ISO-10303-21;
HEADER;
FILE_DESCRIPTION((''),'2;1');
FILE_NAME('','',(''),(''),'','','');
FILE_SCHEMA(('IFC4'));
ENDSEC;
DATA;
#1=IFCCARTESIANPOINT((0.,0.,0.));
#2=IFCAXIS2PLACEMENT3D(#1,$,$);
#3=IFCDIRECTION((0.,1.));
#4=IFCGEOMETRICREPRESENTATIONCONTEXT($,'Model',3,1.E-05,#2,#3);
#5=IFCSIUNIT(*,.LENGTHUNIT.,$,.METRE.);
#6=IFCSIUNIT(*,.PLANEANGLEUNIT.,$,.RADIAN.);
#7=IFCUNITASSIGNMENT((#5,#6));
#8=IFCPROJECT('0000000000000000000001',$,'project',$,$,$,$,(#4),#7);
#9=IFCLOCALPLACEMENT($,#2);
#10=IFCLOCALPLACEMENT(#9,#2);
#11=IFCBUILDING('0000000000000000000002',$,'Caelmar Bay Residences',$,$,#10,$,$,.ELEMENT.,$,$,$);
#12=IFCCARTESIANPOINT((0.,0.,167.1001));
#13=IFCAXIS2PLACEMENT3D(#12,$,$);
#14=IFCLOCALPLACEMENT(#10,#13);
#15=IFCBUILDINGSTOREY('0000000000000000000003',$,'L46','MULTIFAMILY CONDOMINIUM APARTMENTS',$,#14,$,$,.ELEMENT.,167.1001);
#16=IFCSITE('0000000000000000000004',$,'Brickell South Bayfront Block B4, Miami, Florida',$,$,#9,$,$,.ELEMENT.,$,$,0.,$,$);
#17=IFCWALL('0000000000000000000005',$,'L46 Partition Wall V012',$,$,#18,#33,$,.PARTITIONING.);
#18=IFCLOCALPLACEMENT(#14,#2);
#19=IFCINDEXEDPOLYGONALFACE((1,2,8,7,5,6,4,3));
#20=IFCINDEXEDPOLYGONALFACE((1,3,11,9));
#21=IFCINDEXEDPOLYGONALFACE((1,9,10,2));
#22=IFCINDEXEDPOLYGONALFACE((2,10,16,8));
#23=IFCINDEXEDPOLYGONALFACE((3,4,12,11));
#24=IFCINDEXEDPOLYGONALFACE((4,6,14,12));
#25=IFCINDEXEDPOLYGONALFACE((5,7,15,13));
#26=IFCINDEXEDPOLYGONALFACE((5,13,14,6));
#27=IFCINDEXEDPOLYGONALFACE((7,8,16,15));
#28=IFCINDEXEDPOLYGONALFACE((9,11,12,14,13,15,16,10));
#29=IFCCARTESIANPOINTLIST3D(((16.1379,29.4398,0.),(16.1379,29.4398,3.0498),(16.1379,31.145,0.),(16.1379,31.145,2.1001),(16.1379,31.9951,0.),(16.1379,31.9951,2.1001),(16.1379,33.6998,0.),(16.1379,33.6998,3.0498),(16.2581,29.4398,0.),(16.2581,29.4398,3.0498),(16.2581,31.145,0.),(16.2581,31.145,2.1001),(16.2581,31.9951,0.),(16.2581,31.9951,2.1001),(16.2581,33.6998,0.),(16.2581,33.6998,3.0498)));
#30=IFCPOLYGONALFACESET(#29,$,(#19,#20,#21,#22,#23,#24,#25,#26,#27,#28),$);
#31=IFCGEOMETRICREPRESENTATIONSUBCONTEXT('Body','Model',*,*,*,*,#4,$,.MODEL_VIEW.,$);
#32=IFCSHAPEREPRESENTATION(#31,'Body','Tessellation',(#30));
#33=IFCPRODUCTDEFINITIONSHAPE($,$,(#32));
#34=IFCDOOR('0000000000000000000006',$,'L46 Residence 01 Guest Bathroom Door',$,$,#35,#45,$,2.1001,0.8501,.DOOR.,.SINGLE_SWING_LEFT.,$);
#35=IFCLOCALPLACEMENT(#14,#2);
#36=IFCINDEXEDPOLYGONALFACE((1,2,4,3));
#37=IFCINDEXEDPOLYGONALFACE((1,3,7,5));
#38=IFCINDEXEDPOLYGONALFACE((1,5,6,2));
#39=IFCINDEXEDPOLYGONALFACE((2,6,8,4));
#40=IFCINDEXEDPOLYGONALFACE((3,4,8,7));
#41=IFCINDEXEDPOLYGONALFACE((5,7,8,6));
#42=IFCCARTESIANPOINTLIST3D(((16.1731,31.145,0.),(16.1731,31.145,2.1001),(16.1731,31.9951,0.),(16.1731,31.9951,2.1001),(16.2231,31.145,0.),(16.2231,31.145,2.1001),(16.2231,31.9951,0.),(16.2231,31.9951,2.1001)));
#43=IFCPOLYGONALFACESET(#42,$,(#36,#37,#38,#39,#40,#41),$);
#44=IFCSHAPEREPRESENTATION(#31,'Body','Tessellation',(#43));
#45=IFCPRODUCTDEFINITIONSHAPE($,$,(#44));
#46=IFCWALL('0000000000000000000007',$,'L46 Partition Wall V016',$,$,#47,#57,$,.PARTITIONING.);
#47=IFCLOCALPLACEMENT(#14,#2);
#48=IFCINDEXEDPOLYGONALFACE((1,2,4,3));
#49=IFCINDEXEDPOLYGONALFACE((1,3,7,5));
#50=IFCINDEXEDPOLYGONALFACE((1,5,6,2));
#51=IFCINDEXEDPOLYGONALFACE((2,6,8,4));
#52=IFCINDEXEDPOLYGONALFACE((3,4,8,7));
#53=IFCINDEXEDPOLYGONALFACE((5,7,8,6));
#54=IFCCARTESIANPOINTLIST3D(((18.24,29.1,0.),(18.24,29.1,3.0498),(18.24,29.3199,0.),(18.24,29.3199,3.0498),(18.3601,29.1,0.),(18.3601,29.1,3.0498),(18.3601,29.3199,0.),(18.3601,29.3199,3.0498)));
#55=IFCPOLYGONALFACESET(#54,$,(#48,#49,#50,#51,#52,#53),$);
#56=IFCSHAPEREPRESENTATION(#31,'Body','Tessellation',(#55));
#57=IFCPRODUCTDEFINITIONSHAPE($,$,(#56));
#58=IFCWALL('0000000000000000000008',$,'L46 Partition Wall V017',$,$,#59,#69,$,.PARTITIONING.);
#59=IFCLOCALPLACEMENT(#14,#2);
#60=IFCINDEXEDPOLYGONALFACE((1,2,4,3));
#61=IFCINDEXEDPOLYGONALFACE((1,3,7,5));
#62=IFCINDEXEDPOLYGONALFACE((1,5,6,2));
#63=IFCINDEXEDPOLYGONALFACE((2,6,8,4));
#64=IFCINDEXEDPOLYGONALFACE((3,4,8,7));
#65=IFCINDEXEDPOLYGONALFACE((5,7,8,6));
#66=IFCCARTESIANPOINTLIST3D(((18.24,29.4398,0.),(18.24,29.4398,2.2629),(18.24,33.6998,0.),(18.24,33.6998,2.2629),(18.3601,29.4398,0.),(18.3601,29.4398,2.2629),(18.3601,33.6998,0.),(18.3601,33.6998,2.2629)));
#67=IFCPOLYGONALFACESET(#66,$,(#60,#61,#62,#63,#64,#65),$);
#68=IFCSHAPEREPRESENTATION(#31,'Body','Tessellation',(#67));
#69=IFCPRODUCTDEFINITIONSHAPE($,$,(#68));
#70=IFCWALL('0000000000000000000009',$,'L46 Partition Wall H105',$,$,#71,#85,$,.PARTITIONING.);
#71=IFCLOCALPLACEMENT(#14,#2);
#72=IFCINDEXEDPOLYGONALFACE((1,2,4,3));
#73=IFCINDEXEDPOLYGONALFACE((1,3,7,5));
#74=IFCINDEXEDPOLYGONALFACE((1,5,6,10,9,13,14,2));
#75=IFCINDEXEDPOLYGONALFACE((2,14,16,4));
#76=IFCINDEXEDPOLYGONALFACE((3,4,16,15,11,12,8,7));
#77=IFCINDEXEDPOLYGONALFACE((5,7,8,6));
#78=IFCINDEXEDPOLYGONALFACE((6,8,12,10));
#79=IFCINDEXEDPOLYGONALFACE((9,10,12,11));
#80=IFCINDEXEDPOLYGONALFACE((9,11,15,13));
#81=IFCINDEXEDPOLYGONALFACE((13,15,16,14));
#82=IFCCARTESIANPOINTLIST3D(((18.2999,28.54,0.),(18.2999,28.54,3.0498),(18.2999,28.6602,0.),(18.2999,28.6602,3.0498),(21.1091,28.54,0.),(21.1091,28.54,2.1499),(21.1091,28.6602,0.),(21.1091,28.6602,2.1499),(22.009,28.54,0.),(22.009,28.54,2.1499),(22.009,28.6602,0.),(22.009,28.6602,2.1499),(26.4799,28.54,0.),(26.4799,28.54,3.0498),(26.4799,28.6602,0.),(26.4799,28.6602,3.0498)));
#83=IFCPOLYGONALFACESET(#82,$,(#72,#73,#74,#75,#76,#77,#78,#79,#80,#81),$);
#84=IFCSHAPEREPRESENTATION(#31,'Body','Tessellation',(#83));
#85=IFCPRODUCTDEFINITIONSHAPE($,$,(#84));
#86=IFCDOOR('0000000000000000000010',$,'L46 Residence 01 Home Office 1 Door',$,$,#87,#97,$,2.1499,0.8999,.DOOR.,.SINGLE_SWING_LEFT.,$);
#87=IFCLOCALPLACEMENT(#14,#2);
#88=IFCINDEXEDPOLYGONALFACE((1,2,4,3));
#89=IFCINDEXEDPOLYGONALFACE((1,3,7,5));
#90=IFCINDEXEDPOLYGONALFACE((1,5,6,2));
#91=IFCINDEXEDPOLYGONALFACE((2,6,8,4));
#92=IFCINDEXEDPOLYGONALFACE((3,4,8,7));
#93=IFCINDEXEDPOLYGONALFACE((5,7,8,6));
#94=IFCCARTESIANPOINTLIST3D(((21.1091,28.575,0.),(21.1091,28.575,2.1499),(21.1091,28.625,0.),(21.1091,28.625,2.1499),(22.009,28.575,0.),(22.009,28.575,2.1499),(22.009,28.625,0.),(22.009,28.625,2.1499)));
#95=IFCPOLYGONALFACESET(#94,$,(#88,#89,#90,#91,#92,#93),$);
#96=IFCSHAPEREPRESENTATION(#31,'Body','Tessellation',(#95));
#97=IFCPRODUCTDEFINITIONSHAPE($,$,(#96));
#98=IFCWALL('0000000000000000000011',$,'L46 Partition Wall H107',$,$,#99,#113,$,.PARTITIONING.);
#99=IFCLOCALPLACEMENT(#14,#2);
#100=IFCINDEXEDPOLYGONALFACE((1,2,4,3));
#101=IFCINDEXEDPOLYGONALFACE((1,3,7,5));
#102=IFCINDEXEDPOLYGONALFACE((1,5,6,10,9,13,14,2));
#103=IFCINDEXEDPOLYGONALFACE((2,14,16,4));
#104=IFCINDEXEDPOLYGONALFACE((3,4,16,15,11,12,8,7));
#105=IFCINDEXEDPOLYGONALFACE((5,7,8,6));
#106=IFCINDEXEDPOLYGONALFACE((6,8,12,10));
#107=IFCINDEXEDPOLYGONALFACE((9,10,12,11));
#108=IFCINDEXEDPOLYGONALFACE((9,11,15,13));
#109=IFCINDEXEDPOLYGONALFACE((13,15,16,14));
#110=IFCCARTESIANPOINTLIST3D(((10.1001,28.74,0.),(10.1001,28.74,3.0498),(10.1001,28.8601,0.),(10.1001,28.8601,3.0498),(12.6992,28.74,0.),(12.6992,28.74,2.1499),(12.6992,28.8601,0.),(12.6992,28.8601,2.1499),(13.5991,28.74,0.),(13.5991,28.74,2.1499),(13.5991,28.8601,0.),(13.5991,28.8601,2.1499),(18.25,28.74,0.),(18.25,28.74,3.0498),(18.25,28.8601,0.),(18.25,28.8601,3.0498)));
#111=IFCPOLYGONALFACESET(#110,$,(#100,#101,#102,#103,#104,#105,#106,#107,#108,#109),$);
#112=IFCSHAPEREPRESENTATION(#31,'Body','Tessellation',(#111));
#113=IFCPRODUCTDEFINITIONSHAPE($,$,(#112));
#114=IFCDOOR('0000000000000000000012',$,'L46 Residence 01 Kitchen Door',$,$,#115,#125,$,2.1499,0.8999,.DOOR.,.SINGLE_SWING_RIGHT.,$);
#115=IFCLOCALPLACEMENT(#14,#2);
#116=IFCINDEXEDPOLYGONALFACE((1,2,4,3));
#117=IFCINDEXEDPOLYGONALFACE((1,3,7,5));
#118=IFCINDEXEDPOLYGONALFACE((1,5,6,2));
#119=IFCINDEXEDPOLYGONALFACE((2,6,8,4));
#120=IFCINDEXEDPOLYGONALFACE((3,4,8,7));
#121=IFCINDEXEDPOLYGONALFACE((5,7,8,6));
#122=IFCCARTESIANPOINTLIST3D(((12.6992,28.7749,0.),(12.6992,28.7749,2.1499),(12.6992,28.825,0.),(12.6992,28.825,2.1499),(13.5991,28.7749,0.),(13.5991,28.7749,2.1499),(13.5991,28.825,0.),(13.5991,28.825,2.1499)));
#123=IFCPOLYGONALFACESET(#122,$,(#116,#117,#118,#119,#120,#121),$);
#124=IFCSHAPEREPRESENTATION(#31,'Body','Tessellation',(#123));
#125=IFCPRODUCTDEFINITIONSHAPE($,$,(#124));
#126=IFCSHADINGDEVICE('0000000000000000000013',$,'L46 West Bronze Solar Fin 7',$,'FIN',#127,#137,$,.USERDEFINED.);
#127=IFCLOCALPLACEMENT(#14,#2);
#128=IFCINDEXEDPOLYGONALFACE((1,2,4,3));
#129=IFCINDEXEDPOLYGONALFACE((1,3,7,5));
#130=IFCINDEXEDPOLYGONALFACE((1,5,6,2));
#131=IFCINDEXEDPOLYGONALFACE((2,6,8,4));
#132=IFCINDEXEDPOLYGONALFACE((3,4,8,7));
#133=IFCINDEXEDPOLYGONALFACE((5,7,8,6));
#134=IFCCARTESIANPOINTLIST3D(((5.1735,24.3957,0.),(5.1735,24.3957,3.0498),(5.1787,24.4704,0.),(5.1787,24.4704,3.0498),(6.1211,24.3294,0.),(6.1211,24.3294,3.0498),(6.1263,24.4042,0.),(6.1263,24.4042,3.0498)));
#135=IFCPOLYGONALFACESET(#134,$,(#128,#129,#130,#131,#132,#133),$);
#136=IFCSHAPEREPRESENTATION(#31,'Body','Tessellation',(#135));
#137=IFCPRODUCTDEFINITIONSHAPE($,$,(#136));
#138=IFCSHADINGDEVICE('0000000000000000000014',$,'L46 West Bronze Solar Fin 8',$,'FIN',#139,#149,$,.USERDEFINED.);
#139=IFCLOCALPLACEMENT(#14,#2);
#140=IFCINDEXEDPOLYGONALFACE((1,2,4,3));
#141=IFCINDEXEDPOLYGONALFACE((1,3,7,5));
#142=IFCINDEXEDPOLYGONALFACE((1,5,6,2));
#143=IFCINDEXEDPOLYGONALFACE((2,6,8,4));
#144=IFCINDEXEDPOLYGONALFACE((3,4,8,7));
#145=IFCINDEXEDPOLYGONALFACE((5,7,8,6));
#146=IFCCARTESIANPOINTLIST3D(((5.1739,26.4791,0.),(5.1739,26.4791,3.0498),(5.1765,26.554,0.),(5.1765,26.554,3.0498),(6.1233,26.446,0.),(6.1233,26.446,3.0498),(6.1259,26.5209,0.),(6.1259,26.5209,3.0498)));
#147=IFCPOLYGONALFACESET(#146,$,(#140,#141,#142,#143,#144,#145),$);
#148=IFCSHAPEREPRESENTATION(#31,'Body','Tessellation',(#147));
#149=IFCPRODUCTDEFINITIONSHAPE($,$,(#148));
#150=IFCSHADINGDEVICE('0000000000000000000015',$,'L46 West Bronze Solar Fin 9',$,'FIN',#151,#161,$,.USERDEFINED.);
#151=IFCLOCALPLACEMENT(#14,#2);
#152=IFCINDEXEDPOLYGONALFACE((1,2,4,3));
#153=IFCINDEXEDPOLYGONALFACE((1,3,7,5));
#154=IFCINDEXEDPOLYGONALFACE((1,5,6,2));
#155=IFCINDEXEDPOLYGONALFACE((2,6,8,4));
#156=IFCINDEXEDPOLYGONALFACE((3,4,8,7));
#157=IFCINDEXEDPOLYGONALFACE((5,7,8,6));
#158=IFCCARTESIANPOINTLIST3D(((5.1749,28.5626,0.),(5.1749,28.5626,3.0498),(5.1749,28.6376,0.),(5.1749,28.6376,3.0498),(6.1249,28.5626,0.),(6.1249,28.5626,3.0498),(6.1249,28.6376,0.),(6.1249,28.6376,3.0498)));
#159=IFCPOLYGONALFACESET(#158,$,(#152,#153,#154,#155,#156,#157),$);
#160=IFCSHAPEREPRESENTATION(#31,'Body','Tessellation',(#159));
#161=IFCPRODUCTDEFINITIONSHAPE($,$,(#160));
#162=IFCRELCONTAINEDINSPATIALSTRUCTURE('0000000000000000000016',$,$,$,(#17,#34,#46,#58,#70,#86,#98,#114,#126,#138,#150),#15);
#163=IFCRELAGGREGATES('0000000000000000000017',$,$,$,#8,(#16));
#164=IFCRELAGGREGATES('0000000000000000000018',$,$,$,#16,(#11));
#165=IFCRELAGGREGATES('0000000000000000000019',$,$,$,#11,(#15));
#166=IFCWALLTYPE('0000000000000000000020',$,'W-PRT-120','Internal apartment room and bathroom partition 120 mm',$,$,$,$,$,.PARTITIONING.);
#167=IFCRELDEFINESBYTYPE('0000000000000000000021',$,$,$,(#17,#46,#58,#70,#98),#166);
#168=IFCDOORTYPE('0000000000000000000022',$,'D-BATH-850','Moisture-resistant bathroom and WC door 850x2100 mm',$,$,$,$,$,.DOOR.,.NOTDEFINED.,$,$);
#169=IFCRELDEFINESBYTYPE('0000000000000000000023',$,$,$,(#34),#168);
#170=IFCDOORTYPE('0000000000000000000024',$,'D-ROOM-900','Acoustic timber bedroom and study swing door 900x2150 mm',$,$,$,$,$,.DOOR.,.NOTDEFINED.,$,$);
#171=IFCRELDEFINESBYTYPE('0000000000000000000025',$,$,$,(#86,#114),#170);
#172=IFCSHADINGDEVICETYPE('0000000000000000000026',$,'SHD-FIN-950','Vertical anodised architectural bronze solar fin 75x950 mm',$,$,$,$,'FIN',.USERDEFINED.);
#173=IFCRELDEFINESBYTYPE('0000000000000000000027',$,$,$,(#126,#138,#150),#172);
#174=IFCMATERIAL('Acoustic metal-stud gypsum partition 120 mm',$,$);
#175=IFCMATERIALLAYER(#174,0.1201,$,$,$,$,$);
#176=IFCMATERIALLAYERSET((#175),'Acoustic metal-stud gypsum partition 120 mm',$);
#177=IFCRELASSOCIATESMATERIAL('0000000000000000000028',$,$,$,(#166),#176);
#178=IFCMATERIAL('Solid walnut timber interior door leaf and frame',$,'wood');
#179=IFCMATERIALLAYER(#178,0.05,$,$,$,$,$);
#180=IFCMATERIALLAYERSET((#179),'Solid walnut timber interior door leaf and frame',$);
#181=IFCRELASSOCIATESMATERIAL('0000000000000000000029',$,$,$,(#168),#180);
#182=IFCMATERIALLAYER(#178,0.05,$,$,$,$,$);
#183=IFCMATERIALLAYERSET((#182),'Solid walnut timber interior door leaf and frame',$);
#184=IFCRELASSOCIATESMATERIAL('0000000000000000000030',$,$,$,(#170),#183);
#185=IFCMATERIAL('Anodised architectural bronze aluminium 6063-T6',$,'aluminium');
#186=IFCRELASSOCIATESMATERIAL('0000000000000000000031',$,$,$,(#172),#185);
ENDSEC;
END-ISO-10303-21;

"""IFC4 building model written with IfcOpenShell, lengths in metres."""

from ifc_helpers import new_model, si_unit, direction, frame, frame_2d, origin, origin_2d, place, context, subcontext, project, spatial, rectangle, extrude, material, layer, layer_set, material_profile, profile_set, type_object, element, fill, save


model = new_model("IFC4")

# Units and contexts
model_context = context("Model", 3, precision=1e-05, world=origin(), true_north=direction((0.0, 1.0)))
body_context = subcontext(model_context, "Body", "Model", "MODEL_VIEW")
ifc_project = project(units=[si_unit("LENGTHUNIT", "METRE"), si_unit("PLANEANGLEUNIT", "RADIAN")], contexts=[model_context])

# Site, building, storey
site_placement = place(None, origin())
site = spatial("IfcSite", under=ifc_project, at=site_placement, Name="Brickell South Bayfront Block B4, Miami, Florida", CompositionType="ELEMENT", RefElevation=0.0)
building_placement = place(site_placement, origin())
building = spatial("IfcBuilding", under=site, at=building_placement, Name="Caelmar Bay Residences", CompositionType="ELEMENT")
storey_placement = place(building_placement, frame((0.0, 0.0, 167.1001)))
storey = spatial("IfcBuildingStorey", under=building, at=storey_placement, Name="L46", Description="MULTIFAMILY CONDOMINIUM APARTMENTS", CompositionType="ELEMENT", Elevation=167.1001)

# Shared definitions
ifc_material_1 = material(Name="Acoustic metal-stud gypsum partition 120 mm")
ifc_layer_1 = layer(ifc_material_1, 0.1201)
ifc_layer_set_1 = layer_set([ifc_layer_1], Name="Acoustic metal-stud gypsum partition 120 mm")
wall_type_1 = type_object("IfcWallType", Name="W-PRT-120", Description="Internal apartment room and bathroom partition 120 mm", PredefinedType="PARTITIONING", material=ifc_layer_set_1)

# Wall, opening, door
wall_1_placement = place(storey_placement, frame((16.198, 29.4399, 0.0), z_axis=(0.0, 0.0, 1.0), x_axis=(0.0, 1.0, 0.0)))
wall_1 = element("IfcWall", 1, at=wall_1_placement, inside=storey, type_object=wall_type_1, Name="L46 Partition Wall V012", PredefinedType="PARTITIONING", context=body_context, shape_type="SweptSolid", body=[
    extrude(rectangle(XDim=4.26, YDim=0.1201, at=frame_2d((2.1299, 0.0))), origin(), (0.0, 0.0, 1.0), 3.0498),
])
opening_1_placement = place(wall_1_placement, frame((1.7051, 0.0, 0.0)))
opening_1 = element("IfcOpeningElement", 2, at=opening_1_placement, cuts=wall_1, PredefinedType="OPENING", context=body_context, shape_type="SweptSolid", body=[
    extrude(rectangle(XDim=0.8501, YDim=2.1001, at=frame_2d((0.425, 1.05))), frame((0.0, 0.0701, 0.0), z_axis=(0.0, -1.0, 0.0), x_axis=(1.0, 0.0, 0.0)), (0.0, 0.0, 1.0), 0.1401),
])
ifc_material_2 = material(Name="Solid walnut timber interior door leaf and frame", Category="wood")
ifc_layer_2 = layer(ifc_material_2, 0.05)
ifc_layer_set_2 = layer_set([ifc_layer_2], Name="Solid walnut timber interior door leaf and frame")
door_type_1 = type_object("IfcDoorType", Name="D-BATH-850", Description="Moisture-resistant bathroom and WC door 850x2100 mm", OperationType="NOTDEFINED", PredefinedType="DOOR", material=ifc_layer_set_2)
door_1_placement = place(opening_1_placement, origin())
door_1 = element("IfcDoor", 3, at=door_1_placement, inside=storey, type_object=door_type_1, Name="L46 Residence 01 Guest Bathroom Door", OperationType="SINGLE_SWING_LEFT", OverallHeight=2.1001, OverallWidth=0.8501, PredefinedType="DOOR", context=body_context, shape_type="SweptSolid", body=[
    extrude(rectangle(XDim=0.8501, YDim=2.1001, at=frame_2d((0.425, 1.05))), frame((0.0, 0.0249, 0.0), z_axis=(0.0, -1.0, 0.0), x_axis=(1.0, 0.0, 0.0)), (0.0, 0.0, 1.0), 0.05),
])
fill(opening_1, door_1)

# Walls
wall_2_placement = place(storey_placement, frame((18.3, 29.1001, 0.0), z_axis=(0.0, 0.0, 1.0), x_axis=(0.0, 1.0, 0.0)))
element("IfcWall", 4, at=wall_2_placement, inside=storey, type_object=wall_type_1, Name="L46 Partition Wall V016", PredefinedType="PARTITIONING", context=body_context, shape_type="SweptSolid", body=[
    extrude(rectangle(XDim=0.22, YDim=0.1201, at=frame_2d((0.1099, 0.0))), origin(), (0.0, 0.0, 1.0), 3.0498),
])
wall_3_placement = place(storey_placement, frame((18.3, 29.4399, 0.0), z_axis=(0.0, 0.0, 1.0), x_axis=(0.0, 1.0, 0.0)))
element("IfcWall", 5, at=wall_3_placement, inside=storey, type_object=wall_type_1, Name="L46 Partition Wall V017", PredefinedType="PARTITIONING", context=body_context, shape_type="SweptSolid", body=[
    extrude(rectangle(XDim=4.26, YDim=0.1201, at=frame_2d((2.1299, 0.0))), origin(), (0.0, 0.0, 1.0), 2.2629),
])

# Walls, openings, doors
wall_4_placement = place(storey_placement, frame((18.3, 28.6001, 0.0), z_axis=(0.0, 0.0, 1.0), x_axis=(1.0, 0.0, 0.0)))
wall_4 = element("IfcWall", 6, at=wall_4_placement, inside=storey, type_object=wall_type_1, Name="L46 Partition Wall H105", PredefinedType="PARTITIONING", context=body_context, shape_type="SweptSolid", body=[
    extrude(rectangle(XDim=8.1799, YDim=0.1201, at=frame_2d((4.0898, 0.0))), origin(), (0.0, 0.0, 1.0), 3.0498),
])
opening_2_placement = place(wall_4_placement, frame((2.8091, 0.0, 0.0)))
opening_2 = element("IfcOpeningElement", 7, at=opening_2_placement, cuts=wall_4, PredefinedType="OPENING", context=body_context, shape_type="SweptSolid", body=[
    extrude(rectangle(XDim=0.8999, YDim=2.1499, at=frame_2d((0.45, 1.075))), frame((0.0, 0.0701, 0.0), z_axis=(0.0, -1.0, 0.0), x_axis=(1.0, 0.0, 0.0)), (0.0, 0.0, 1.0), 0.1401),
])
ifc_layer_3 = layer(ifc_material_2, 0.05)
ifc_layer_set_3 = layer_set([ifc_layer_3], Name="Solid walnut timber interior door leaf and frame")
door_type_2 = type_object("IfcDoorType", Name="D-ROOM-900", Description="Acoustic timber bedroom and study swing door 900x2150 mm", OperationType="NOTDEFINED", PredefinedType="DOOR", material=ifc_layer_set_3)
door_2_placement = place(opening_2_placement, origin())
door_2 = element("IfcDoor", 8, at=door_2_placement, inside=storey, type_object=door_type_2, Name="L46 Residence 01 Home Office 1 Door", OperationType="SINGLE_SWING_LEFT", OverallHeight=2.1499, OverallWidth=0.8999, PredefinedType="DOOR", context=body_context, shape_type="SweptSolid", body=[
    extrude(rectangle(XDim=0.8999, YDim=2.1499, at=frame_2d((0.45, 1.075))), frame((0.0, 0.0249, 0.0), z_axis=(0.0, -1.0, 0.0), x_axis=(1.0, 0.0, 0.0)), (0.0, 0.0, 1.0), 0.05),
])
fill(opening_2, door_2)
wall_5_placement = place(storey_placement, frame((10.1001, 28.8, 0.0), z_axis=(0.0, 0.0, 1.0), x_axis=(1.0, 0.0, 0.0)))
wall_5 = element("IfcWall", 9, at=wall_5_placement, inside=storey, type_object=wall_type_1, Name="L46 Partition Wall H107", PredefinedType="PARTITIONING", context=body_context, shape_type="SweptSolid", body=[
    extrude(rectangle(XDim=8.1499, YDim=0.1201, at=frame_2d((4.075, 0.0))), origin(), (0.0, 0.0, 1.0), 3.0498),
])
opening_3_placement = place(wall_5_placement, frame((2.5991, 0.0, 0.0)))
opening_3 = element("IfcOpeningElement", 10, at=opening_3_placement, cuts=wall_5, PredefinedType="OPENING", context=body_context, shape_type="SweptSolid", body=[
    extrude(rectangle(XDim=0.8999, YDim=2.1499, at=frame_2d((0.45, 1.075))), frame((0.0, 0.0701, 0.0), z_axis=(0.0, -1.0, 0.0), x_axis=(1.0, 0.0, 0.0)), (0.0, 0.0, 1.0), 0.1401),
])
door_3_placement = place(opening_3_placement, origin())
door_3 = element("IfcDoor", 11, at=door_3_placement, inside=storey, type_object=door_type_2, Name="L46 Residence 01 Kitchen Door", OperationType="SINGLE_SWING_RIGHT", OverallHeight=2.1499, OverallWidth=0.8999, PredefinedType="DOOR", context=body_context, shape_type="SweptSolid", body=[
    extrude(rectangle(XDim=0.8999, YDim=2.1499, at=frame_2d((0.45, 1.075))), frame((0.0, 0.0249, 0.0), z_axis=(0.0, -1.0, 0.0), x_axis=(1.0, 0.0, 0.0)), (0.0, 0.0, 1.0), 0.05),
])
fill(opening_3, door_3)

# Shading devices
ifc_material_3 = material(Name="Anodised architectural bronze aluminium 6063-T6", Category="aluminium")
ifc_material_profile_1 = material_profile(ifc_material_3, rectangle(XDim=0.075, YDim=0.95, at=origin_2d()), Name="BRONZE-FIN-75X950")
ifc_profile_set_1 = profile_set([ifc_material_profile_1], Name="Anodised architectural bronze aluminium 6063-T6")
shading_device_type = type_object("IfcShadingDeviceType", Name="SHD-FIN-950", Description="Vertical anodised architectural bronze solar fin 75x950 mm", ElementType="FIN", PredefinedType="USERDEFINED", material=ifc_profile_set_1)
for number, where, z_axis, x_axis, name in (
    (12, (5.6499, 24.3999, 0.0), (0.0, 0.0, 1.0), (0.069756, 0.997564, 0.0), "L46 West Bronze Solar Fin 7"),
    (13, (5.6499, 26.5, 0.0), (0.0, 0.0, 1.0), (0.034899, 0.999391, 0.0), "L46 West Bronze Solar Fin 8"),
    (14, (5.6499, 28.6001, 0.0), (0.0, 0.0, 1.0), (0.0, 1.0, 0.0), "L46 West Bronze Solar Fin 9"),
):
    element("IfcShadingDevice", number, at=place(storey_placement, frame(where, z_axis=z_axis, x_axis=x_axis)), inside=storey, type_object=shading_device_type, Name=name, ObjectType="FIN", PredefinedType="USERDEFINED", context=body_context, shape_type="SweptSolid", body=[
        extrude(rectangle(XDim=0.075, YDim=0.95, at=origin_2d()), origin(), (0.0, 0.0, 1.0), 3.0498),
    ])

save(model, "model.ifc")
